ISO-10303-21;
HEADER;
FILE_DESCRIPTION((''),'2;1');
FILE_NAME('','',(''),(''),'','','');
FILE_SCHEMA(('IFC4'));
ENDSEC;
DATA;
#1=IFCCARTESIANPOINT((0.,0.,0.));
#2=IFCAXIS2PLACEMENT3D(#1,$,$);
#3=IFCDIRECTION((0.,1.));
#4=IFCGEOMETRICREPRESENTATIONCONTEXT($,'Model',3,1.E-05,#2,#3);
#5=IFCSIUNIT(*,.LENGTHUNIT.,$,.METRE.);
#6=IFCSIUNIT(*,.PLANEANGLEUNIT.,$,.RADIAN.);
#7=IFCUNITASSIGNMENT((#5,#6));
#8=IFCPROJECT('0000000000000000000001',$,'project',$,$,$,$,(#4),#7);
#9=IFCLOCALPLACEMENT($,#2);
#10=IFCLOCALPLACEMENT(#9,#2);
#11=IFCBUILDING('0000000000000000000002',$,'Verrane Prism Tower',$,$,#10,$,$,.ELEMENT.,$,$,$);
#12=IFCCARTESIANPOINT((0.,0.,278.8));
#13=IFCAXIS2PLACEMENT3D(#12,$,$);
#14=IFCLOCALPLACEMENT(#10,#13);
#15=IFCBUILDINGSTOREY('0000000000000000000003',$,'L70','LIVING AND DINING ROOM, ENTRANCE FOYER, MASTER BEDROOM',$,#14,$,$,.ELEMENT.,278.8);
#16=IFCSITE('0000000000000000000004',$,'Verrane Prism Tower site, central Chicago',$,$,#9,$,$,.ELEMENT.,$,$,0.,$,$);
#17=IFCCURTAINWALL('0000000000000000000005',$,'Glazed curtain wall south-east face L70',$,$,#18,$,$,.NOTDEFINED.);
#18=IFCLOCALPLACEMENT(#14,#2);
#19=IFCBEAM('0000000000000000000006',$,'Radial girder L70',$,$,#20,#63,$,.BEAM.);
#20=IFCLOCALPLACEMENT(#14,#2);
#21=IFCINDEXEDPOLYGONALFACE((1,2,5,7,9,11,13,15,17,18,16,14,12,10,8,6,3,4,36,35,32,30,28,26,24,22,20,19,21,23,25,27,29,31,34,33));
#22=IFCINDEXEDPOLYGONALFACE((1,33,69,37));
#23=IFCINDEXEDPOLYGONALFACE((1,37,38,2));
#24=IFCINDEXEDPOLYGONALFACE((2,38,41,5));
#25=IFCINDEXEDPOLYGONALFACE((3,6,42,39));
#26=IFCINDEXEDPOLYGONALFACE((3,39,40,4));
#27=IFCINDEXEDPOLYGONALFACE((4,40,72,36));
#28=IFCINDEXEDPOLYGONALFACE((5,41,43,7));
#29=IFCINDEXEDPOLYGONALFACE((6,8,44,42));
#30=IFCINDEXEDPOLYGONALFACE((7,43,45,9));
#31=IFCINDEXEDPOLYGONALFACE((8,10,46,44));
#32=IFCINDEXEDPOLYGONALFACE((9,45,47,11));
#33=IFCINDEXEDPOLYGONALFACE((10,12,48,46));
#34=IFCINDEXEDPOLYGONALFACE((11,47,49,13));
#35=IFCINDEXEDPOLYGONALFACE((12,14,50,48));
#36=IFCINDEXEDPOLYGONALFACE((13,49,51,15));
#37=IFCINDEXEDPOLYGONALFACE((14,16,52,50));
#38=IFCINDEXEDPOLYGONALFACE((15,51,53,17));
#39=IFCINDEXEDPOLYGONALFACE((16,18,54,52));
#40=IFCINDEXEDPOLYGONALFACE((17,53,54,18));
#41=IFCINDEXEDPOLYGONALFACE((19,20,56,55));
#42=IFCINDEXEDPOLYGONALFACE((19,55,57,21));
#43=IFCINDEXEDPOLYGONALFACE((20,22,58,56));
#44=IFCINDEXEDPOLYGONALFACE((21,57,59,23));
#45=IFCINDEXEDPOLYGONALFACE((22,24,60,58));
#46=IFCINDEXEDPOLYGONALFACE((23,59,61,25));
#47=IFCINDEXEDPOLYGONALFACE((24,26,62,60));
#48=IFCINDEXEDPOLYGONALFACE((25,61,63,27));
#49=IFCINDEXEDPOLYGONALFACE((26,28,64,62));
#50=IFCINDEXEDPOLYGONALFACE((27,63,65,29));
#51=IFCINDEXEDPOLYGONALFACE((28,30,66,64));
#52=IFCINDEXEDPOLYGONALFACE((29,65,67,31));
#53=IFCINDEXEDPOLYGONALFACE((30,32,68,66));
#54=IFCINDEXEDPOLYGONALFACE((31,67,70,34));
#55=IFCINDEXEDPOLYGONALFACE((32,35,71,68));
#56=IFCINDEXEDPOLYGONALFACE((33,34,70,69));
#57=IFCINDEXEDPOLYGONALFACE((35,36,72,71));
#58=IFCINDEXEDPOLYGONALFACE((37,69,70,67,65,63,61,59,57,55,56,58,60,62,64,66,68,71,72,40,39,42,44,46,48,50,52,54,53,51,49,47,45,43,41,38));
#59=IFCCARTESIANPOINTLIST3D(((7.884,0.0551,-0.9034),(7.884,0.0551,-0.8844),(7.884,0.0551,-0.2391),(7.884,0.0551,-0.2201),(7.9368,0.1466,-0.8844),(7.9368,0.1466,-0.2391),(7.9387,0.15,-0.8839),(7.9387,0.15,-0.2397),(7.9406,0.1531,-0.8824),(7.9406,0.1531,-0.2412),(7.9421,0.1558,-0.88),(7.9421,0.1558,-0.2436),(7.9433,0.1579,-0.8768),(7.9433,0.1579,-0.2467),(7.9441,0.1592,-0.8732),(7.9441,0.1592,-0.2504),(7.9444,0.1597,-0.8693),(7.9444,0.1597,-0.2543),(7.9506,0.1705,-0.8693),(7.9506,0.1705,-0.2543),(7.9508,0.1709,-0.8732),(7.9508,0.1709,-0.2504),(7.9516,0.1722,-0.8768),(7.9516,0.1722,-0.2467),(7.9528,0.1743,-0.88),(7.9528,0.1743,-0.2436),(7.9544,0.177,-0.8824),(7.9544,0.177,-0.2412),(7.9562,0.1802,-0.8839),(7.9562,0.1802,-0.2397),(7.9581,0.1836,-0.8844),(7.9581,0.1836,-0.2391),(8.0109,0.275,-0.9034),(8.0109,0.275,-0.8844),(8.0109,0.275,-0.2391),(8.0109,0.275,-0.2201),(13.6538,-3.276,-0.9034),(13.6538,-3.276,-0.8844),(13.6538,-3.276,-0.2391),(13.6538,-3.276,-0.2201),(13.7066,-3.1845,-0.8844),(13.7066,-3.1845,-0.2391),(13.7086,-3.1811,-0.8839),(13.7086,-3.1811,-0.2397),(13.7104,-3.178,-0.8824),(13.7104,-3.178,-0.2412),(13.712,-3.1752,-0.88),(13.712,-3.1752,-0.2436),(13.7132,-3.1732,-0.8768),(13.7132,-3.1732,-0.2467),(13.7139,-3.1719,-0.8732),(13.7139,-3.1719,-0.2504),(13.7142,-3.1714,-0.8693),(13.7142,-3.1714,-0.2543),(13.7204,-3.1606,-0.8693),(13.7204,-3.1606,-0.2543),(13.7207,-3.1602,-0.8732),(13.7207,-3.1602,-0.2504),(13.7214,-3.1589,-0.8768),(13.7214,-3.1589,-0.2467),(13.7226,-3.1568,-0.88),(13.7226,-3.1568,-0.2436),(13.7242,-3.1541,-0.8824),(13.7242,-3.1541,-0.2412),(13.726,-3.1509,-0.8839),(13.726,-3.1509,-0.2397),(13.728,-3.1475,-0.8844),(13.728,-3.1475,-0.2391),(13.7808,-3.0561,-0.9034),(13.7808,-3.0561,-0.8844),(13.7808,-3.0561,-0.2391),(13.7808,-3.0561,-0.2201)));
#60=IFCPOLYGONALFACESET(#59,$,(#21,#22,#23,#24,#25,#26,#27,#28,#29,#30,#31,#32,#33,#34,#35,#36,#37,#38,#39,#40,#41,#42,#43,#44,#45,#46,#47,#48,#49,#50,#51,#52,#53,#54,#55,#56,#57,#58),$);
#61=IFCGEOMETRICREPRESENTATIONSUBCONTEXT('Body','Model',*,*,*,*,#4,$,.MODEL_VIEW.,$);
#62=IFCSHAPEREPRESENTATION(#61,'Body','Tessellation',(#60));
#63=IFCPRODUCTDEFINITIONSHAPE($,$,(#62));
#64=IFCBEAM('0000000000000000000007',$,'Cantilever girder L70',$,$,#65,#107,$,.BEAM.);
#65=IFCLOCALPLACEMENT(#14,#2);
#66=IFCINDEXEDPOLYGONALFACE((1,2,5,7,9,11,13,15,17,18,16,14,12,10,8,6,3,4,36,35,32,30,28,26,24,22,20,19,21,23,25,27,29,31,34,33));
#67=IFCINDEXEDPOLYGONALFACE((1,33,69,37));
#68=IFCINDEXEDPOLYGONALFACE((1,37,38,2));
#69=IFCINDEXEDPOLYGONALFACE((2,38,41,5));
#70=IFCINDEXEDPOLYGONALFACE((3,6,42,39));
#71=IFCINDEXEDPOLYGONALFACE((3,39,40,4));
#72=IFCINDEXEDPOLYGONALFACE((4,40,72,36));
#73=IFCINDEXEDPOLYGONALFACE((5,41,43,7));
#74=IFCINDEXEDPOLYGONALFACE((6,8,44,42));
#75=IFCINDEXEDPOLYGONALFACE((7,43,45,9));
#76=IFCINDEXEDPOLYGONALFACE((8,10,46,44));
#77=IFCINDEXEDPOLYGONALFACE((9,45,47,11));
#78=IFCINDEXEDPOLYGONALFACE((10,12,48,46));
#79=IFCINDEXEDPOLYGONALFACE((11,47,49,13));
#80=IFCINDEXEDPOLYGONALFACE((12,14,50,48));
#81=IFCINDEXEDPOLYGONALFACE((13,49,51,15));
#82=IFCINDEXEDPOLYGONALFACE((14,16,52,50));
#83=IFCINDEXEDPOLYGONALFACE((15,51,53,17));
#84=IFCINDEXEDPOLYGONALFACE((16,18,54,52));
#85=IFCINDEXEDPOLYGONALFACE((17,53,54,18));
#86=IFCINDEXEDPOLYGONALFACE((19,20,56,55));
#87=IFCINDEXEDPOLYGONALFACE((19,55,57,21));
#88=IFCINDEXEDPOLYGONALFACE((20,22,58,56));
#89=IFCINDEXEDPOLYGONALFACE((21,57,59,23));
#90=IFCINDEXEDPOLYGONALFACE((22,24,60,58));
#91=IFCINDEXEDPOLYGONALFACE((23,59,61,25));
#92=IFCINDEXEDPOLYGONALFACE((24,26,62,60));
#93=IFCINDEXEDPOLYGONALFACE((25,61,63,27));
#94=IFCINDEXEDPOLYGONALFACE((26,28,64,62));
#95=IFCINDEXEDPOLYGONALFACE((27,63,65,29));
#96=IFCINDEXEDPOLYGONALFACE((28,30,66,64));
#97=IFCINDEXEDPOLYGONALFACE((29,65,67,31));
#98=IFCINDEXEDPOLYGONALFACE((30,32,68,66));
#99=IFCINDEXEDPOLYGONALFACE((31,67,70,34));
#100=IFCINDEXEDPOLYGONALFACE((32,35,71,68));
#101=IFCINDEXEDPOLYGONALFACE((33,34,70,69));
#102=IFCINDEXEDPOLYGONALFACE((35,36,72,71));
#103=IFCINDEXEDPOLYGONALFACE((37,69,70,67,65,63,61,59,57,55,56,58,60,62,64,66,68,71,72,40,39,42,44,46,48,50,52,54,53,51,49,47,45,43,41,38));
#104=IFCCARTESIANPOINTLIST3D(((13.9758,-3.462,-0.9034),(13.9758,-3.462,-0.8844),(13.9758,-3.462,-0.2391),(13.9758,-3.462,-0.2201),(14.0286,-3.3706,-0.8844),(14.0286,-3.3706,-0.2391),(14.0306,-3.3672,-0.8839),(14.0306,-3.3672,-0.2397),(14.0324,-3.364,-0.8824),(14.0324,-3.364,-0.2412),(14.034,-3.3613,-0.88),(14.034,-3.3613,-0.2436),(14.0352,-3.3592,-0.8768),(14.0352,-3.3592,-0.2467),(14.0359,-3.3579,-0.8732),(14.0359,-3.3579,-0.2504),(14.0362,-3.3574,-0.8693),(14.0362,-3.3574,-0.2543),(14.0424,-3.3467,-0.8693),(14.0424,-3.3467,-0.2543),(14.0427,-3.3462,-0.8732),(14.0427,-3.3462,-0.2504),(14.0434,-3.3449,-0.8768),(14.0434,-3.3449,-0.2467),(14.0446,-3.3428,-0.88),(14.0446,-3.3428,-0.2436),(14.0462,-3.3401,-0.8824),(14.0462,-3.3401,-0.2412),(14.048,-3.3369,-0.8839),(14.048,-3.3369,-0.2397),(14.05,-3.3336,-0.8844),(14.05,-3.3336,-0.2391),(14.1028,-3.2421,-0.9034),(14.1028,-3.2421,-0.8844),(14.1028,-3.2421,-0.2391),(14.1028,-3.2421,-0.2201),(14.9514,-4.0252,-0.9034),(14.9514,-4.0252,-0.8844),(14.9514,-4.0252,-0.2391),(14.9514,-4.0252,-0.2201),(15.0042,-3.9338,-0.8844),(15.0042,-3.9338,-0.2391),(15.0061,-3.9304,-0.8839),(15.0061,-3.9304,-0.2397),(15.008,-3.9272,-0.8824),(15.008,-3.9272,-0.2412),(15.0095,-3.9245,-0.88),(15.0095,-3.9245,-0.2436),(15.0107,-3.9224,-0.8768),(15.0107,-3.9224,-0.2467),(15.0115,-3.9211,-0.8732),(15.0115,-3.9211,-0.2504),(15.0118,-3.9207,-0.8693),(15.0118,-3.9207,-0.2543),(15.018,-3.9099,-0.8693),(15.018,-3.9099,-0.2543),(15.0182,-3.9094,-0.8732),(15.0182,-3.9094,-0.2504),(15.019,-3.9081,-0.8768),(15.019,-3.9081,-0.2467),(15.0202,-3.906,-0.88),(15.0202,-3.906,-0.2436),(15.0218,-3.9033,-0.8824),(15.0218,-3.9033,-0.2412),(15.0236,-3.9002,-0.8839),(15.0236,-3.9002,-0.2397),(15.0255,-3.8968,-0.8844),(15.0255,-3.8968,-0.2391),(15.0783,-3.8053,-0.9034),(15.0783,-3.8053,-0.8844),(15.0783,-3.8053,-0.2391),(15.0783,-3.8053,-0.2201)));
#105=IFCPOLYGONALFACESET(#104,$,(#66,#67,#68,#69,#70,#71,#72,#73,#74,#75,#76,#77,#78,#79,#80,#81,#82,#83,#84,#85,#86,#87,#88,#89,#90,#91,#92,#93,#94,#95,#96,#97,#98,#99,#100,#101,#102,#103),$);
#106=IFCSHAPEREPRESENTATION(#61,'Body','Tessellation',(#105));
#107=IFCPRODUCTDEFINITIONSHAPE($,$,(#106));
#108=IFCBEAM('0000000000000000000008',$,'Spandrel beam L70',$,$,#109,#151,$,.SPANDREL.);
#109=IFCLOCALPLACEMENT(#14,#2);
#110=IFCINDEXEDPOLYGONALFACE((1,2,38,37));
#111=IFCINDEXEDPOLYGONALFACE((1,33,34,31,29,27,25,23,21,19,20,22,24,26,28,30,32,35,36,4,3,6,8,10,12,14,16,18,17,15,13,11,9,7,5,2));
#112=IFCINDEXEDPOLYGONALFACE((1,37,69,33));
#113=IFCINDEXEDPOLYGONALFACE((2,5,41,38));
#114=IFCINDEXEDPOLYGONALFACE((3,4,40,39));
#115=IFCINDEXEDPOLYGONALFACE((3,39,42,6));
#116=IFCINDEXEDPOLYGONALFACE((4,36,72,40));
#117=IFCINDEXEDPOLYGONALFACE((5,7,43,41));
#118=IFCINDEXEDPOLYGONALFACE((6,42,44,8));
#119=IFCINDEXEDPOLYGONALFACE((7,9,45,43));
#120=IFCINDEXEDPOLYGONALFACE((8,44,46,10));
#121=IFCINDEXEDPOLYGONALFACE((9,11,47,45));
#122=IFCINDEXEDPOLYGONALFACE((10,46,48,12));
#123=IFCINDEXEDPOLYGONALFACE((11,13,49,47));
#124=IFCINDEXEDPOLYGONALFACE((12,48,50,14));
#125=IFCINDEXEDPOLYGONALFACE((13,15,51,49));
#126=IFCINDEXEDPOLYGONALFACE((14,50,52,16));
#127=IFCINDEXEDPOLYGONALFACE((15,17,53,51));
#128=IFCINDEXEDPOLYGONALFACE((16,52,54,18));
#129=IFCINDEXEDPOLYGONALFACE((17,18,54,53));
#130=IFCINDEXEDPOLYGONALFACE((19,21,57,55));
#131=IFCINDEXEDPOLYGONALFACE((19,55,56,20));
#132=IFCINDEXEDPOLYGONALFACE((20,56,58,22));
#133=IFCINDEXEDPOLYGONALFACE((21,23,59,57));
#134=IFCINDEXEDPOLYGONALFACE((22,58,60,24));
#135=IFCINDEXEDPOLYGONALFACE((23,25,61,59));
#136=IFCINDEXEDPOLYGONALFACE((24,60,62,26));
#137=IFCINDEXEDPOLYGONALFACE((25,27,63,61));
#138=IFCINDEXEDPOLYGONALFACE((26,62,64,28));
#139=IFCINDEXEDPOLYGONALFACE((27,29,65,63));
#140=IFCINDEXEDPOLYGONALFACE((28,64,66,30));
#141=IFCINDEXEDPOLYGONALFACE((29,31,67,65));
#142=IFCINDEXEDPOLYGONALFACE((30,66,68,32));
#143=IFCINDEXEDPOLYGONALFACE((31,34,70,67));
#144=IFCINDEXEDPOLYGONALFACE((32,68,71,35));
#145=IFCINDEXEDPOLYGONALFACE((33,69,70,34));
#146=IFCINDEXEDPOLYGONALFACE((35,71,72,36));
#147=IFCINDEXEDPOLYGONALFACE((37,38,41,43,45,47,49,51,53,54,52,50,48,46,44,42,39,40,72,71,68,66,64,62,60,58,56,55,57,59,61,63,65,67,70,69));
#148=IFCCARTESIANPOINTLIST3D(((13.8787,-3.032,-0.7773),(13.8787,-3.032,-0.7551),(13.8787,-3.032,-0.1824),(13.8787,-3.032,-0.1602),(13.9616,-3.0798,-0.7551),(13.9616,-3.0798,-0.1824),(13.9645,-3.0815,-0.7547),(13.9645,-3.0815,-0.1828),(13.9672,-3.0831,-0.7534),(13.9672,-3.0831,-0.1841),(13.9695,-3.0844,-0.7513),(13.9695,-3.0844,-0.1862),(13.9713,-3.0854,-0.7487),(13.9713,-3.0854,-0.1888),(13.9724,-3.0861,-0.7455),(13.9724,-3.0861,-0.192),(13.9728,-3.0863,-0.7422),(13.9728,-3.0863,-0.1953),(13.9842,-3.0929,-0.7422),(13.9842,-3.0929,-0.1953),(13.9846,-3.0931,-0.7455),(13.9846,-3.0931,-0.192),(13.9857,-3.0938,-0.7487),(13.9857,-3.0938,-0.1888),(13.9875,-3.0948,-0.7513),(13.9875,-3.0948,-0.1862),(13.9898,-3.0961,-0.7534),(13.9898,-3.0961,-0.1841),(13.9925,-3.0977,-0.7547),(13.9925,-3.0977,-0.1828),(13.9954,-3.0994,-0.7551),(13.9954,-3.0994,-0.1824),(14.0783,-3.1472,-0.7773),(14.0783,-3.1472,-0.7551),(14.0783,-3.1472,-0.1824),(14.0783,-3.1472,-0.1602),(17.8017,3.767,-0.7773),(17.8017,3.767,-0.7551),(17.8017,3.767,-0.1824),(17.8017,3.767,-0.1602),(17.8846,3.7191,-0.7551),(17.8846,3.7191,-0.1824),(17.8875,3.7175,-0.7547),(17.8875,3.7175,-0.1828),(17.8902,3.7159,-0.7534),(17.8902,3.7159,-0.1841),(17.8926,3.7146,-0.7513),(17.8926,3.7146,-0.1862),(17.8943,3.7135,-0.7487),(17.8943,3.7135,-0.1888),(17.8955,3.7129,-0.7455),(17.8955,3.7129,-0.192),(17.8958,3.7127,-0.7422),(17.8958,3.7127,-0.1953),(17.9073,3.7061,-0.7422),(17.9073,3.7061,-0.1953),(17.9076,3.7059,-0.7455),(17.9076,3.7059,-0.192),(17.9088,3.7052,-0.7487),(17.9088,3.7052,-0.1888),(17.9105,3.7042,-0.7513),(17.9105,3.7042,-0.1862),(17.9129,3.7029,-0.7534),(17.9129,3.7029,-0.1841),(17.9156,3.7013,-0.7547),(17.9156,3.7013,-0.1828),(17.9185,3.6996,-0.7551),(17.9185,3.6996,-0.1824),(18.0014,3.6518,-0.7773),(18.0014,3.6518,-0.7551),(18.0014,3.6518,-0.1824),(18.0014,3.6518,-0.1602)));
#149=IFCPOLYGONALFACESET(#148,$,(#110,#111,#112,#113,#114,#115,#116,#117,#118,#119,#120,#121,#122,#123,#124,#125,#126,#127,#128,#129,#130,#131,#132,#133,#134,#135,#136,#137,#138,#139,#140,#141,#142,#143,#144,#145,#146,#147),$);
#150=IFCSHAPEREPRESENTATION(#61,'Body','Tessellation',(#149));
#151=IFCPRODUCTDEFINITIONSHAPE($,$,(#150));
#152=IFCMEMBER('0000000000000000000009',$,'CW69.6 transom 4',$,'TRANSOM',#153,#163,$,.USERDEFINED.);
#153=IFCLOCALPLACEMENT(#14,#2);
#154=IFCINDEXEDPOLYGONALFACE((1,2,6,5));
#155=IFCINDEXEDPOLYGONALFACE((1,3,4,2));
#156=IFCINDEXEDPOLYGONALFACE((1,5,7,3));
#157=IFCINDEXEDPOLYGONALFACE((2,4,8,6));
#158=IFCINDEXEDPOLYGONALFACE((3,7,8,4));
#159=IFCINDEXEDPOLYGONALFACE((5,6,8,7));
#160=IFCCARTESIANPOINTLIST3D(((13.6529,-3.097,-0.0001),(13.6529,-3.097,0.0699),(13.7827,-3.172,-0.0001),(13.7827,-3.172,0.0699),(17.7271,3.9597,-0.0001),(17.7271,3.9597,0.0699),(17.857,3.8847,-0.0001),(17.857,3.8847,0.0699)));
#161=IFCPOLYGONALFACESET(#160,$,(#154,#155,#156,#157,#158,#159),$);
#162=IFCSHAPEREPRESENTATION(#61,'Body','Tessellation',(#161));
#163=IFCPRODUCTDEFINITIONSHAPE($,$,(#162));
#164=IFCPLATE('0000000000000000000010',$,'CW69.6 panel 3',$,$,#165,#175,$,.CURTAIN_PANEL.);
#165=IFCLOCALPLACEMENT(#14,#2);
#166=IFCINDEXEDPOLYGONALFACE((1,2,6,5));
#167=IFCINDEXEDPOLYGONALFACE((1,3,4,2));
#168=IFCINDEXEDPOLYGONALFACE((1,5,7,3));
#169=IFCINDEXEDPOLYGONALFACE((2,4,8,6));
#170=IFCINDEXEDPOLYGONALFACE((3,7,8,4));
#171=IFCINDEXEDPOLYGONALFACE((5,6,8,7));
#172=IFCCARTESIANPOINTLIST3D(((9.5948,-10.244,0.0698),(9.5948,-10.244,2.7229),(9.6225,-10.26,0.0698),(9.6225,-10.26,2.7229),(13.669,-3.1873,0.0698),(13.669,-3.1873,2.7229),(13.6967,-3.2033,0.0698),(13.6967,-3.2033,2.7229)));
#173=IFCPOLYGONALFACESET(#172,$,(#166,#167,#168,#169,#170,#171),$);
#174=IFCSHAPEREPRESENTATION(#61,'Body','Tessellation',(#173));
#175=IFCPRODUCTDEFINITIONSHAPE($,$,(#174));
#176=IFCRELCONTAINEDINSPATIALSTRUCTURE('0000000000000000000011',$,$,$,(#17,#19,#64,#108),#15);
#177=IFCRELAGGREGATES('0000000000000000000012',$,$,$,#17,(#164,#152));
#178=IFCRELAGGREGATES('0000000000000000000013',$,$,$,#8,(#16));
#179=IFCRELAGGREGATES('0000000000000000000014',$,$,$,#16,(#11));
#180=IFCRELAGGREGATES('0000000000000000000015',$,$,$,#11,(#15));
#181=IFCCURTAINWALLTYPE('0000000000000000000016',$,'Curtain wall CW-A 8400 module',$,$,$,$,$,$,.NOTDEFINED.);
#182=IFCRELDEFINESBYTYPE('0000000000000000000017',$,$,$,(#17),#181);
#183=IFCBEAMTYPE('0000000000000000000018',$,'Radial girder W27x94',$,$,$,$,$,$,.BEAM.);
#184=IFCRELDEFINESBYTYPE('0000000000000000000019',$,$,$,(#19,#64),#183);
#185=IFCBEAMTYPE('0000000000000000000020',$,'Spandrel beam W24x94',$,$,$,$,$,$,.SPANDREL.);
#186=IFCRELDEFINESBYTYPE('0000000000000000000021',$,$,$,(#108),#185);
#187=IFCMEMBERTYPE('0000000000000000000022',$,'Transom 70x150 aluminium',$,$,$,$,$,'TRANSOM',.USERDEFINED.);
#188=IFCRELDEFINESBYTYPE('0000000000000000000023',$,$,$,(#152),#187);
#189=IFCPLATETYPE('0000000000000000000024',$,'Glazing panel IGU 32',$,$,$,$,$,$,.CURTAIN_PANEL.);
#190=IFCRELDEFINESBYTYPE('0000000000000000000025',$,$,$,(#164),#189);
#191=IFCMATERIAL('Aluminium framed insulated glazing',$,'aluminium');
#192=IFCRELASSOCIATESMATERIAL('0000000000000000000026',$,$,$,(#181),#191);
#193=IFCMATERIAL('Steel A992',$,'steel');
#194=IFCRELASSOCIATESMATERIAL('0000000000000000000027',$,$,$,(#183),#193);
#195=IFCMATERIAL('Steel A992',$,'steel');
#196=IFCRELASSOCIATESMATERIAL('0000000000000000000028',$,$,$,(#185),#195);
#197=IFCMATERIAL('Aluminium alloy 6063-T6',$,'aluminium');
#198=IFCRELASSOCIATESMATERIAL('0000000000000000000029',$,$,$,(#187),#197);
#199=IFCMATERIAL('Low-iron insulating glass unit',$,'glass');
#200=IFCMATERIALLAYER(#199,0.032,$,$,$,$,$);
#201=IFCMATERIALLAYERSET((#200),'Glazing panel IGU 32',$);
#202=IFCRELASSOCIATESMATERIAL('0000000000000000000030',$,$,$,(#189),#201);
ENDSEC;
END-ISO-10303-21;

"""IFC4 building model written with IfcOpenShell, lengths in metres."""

from ifc_helpers import new_model, si_unit, direction, frame, origin, origin_2d, place, context, subcontext, project, spatial, rectangle, i_section, extrude, material, layer, layer_set, material_profile, profile_set, type_object, element, aggregate, save


model = new_model("IFC4")

# Units and contexts
model_context = context("Model", 3, precision=1e-05, world=origin(), true_north=direction((0.0, 1.0)))
body_context = subcontext(model_context, "Body", "Model", "MODEL_VIEW")
ifc_project = project(units=[si_unit("LENGTHUNIT", "METRE"), si_unit("PLANEANGLEUNIT", "RADIAN")], contexts=[model_context])

# Site, building, storey
site_placement = place(None, origin())
site = spatial("IfcSite", under=ifc_project, at=site_placement, Name="Verrane Prism Tower site, central Chicago", CompositionType="ELEMENT", RefElevation=0.0)
building_placement = place(site_placement, origin())
building = spatial("IfcBuilding", under=site, at=building_placement, Name="Verrane Prism Tower", CompositionType="ELEMENT")
storey_placement = place(building_placement, frame((0.0, 0.0, 278.8)))
storey = spatial("IfcBuildingStorey", under=building, at=storey_placement, Name="L70", Description="LIVING AND DINING ROOM, ENTRANCE FOYER, MASTER BEDROOM", CompositionType="ELEMENT", Elevation=278.8)

# Curtain wall
ifc_material_1 = material(Name="Aluminium framed insulated glazing", Category="aluminium")
curtain_wall_type = type_object("IfcCurtainWallType", Name="Curtain wall CW-A 8400 module", PredefinedType="NOTDEFINED", material=ifc_material_1)
curtain_wall_placement = place(storey_placement, origin())
curtain_wall = element("IfcCurtainWall", 1, at=curtain_wall_placement, inside=storey, type_object=curtain_wall_type, Name="Glazed curtain wall south-east face L70", PredefinedType="NOTDEFINED")

# Beams
ifc_material_2 = material(Name="Steel A992", Category="steel")
ifc_material_profile_1 = material_profile(ifc_material_2, i_section(OverallWidth=0.2539, OverallDepth=0.6833, WebThickness=0.0125, FlangeThickness=0.019, FilletRadius=0.0151, at=origin_2d()), Name="W27x94")
ifc_profile_set_1 = profile_set([ifc_material_profile_1], Name="Steel A992")
beam_type_1 = type_object("IfcBeamType", Name="Radial girder W27x94", PredefinedType="BEAM", material=ifc_profile_set_1)
beam_1_placement = place(storey_placement, frame((13.7173, -3.166, -0.5618), z_axis=(-0.866034, 0.499986, 0.0), x_axis=(-0.499986, -0.866034, 0.0)))
element("IfcBeam", 2, at=beam_1_placement, inside=storey, type_object=beam_type_1, Name="Radial girder L70", PredefinedType="BEAM", context=body_context, shape_type="SweptSolid", body=[
    extrude(i_section(OverallWidth=0.2539, OverallDepth=0.6833, WebThickness=0.0125, FlangeThickness=0.019, FilletRadius=0.0151, at=origin_2d()), origin(), (0.0, 0.0, 1.0), 6.6624),
])
beam_2_placement = place(storey_placement, frame((14.0393, -3.3521, -0.5618), z_axis=(0.866034, -0.499985, 0.0), x_axis=(0.499985, 0.866034, 0.0)))
element("IfcBeam", 3, at=beam_2_placement, inside=storey, type_object=beam_type_1, Name="Cantilever girder L70", PredefinedType="BEAM", context=body_context, shape_type="SweptSolid", body=[
    extrude(i_section(OverallWidth=0.2539, OverallDepth=0.6833, WebThickness=0.0125, FlangeThickness=0.019, FilletRadius=0.0151, at=origin_2d()), origin(), (0.0, 0.0, 1.0), 1.1265),
])
ifc_material_3 = material(Name="Steel A992", Category="steel")
ifc_material_profile_2 = material_profile(ifc_material_3, i_section(OverallWidth=0.2305, OverallDepth=0.6172, WebThickness=0.0132, FlangeThickness=0.0222, FilletRadius=0.0129, at=origin_2d()), Name="W24x94")
ifc_profile_set_2 = profile_set([ifc_material_profile_2], Name="Steel A992")
beam_type_2 = type_object("IfcBeamType", Name="Spandrel beam W24x94", PredefinedType="SPANDREL", material=ifc_profile_set_2)
beam_3_placement = place(storey_placement, frame((13.9785, -3.0896, -0.4688), z_axis=(0.499775, 0.866155, 0.0), x_axis=(-0.866155, 0.499775, 0.0)))
element("IfcBeam", 4, at=beam_3_placement, inside=storey, type_object=beam_type_2, Name="Spandrel beam L70", PredefinedType="SPANDREL", context=body_context, shape_type="SweptSolid", body=[
    extrude(i_section(OverallWidth=0.2305, OverallDepth=0.6172, WebThickness=0.0132, FlangeThickness=0.0222, FilletRadius=0.0129, at=origin_2d()), origin(), (0.0, 0.0, 1.0), 7.8496),
])

# Member
ifc_material_4 = material(Name="Aluminium alloy 6063-T6", Category="aluminium")
ifc_material_profile_3 = material_profile(ifc_material_4, rectangle(XDim=0.1499, YDim=0.0701, at=origin_2d()), Name="Transom 70x150 aluminium")
ifc_profile_set_3 = profile_set([ifc_material_profile_3], Name="Aluminium alloy 6063-T6")
member_type_1 = type_object("IfcMemberType", Name="Transom 70x150 aluminium", ElementType="TRANSOM", PredefinedType="USERDEFINED", material=ifc_profile_set_3)
member_1_placement = place(storey_placement, frame((13.7178, -3.1345, 0.0349), z_axis=(0.500006, 0.866022, 0.0), x_axis=(-0.866022, 0.500006, 0.0)))
member_1 = element("IfcMember", 5, at=member_1_placement, type_object=member_type_1, Name="CW69.6 transom 4", ObjectType="TRANSOM", PredefinedType="USERDEFINED", context=body_context, shape_type="SweptSolid", body=[
    extrude(rectangle(XDim=0.1499, YDim=0.0701, at=origin_2d()), origin(), (0.0, 0.0, 1.0), 8.1484),
])

# Plate
ifc_material_5 = material(Name="Low-iron insulating glass unit", Category="glass")
ifc_layer_1 = layer(ifc_material_5, 0.032)
ifc_layer_set_1 = layer_set([ifc_layer_1], Name="Glazing panel IGU 32")
plate_type = type_object("IfcPlateType", Name="Glazing panel IGU 32", PredefinedType="CURTAIN_PANEL", material=ifc_layer_set_1)
plate_placement = place(storey_placement, frame((11.6458, -6.7236, 0.0698), z_axis=(0.0, 0.0, 1.0), x_axis=(0.500001, 0.866025, 0.0)))
plate = element("IfcPlate", 6, at=plate_placement, type_object=plate_type, Name="CW69.6 panel 3", PredefinedType="CURTAIN_PANEL", context=body_context, shape_type="SweptSolid", body=[
    extrude(rectangle(XDim=8.1484, YDim=0.032, at=origin_2d()), origin(), (0.0, 0.0, 1.0), 2.6531),
])
aggregate(curtain_wall, [plate, member_1])

save(model, "model.ifc")
